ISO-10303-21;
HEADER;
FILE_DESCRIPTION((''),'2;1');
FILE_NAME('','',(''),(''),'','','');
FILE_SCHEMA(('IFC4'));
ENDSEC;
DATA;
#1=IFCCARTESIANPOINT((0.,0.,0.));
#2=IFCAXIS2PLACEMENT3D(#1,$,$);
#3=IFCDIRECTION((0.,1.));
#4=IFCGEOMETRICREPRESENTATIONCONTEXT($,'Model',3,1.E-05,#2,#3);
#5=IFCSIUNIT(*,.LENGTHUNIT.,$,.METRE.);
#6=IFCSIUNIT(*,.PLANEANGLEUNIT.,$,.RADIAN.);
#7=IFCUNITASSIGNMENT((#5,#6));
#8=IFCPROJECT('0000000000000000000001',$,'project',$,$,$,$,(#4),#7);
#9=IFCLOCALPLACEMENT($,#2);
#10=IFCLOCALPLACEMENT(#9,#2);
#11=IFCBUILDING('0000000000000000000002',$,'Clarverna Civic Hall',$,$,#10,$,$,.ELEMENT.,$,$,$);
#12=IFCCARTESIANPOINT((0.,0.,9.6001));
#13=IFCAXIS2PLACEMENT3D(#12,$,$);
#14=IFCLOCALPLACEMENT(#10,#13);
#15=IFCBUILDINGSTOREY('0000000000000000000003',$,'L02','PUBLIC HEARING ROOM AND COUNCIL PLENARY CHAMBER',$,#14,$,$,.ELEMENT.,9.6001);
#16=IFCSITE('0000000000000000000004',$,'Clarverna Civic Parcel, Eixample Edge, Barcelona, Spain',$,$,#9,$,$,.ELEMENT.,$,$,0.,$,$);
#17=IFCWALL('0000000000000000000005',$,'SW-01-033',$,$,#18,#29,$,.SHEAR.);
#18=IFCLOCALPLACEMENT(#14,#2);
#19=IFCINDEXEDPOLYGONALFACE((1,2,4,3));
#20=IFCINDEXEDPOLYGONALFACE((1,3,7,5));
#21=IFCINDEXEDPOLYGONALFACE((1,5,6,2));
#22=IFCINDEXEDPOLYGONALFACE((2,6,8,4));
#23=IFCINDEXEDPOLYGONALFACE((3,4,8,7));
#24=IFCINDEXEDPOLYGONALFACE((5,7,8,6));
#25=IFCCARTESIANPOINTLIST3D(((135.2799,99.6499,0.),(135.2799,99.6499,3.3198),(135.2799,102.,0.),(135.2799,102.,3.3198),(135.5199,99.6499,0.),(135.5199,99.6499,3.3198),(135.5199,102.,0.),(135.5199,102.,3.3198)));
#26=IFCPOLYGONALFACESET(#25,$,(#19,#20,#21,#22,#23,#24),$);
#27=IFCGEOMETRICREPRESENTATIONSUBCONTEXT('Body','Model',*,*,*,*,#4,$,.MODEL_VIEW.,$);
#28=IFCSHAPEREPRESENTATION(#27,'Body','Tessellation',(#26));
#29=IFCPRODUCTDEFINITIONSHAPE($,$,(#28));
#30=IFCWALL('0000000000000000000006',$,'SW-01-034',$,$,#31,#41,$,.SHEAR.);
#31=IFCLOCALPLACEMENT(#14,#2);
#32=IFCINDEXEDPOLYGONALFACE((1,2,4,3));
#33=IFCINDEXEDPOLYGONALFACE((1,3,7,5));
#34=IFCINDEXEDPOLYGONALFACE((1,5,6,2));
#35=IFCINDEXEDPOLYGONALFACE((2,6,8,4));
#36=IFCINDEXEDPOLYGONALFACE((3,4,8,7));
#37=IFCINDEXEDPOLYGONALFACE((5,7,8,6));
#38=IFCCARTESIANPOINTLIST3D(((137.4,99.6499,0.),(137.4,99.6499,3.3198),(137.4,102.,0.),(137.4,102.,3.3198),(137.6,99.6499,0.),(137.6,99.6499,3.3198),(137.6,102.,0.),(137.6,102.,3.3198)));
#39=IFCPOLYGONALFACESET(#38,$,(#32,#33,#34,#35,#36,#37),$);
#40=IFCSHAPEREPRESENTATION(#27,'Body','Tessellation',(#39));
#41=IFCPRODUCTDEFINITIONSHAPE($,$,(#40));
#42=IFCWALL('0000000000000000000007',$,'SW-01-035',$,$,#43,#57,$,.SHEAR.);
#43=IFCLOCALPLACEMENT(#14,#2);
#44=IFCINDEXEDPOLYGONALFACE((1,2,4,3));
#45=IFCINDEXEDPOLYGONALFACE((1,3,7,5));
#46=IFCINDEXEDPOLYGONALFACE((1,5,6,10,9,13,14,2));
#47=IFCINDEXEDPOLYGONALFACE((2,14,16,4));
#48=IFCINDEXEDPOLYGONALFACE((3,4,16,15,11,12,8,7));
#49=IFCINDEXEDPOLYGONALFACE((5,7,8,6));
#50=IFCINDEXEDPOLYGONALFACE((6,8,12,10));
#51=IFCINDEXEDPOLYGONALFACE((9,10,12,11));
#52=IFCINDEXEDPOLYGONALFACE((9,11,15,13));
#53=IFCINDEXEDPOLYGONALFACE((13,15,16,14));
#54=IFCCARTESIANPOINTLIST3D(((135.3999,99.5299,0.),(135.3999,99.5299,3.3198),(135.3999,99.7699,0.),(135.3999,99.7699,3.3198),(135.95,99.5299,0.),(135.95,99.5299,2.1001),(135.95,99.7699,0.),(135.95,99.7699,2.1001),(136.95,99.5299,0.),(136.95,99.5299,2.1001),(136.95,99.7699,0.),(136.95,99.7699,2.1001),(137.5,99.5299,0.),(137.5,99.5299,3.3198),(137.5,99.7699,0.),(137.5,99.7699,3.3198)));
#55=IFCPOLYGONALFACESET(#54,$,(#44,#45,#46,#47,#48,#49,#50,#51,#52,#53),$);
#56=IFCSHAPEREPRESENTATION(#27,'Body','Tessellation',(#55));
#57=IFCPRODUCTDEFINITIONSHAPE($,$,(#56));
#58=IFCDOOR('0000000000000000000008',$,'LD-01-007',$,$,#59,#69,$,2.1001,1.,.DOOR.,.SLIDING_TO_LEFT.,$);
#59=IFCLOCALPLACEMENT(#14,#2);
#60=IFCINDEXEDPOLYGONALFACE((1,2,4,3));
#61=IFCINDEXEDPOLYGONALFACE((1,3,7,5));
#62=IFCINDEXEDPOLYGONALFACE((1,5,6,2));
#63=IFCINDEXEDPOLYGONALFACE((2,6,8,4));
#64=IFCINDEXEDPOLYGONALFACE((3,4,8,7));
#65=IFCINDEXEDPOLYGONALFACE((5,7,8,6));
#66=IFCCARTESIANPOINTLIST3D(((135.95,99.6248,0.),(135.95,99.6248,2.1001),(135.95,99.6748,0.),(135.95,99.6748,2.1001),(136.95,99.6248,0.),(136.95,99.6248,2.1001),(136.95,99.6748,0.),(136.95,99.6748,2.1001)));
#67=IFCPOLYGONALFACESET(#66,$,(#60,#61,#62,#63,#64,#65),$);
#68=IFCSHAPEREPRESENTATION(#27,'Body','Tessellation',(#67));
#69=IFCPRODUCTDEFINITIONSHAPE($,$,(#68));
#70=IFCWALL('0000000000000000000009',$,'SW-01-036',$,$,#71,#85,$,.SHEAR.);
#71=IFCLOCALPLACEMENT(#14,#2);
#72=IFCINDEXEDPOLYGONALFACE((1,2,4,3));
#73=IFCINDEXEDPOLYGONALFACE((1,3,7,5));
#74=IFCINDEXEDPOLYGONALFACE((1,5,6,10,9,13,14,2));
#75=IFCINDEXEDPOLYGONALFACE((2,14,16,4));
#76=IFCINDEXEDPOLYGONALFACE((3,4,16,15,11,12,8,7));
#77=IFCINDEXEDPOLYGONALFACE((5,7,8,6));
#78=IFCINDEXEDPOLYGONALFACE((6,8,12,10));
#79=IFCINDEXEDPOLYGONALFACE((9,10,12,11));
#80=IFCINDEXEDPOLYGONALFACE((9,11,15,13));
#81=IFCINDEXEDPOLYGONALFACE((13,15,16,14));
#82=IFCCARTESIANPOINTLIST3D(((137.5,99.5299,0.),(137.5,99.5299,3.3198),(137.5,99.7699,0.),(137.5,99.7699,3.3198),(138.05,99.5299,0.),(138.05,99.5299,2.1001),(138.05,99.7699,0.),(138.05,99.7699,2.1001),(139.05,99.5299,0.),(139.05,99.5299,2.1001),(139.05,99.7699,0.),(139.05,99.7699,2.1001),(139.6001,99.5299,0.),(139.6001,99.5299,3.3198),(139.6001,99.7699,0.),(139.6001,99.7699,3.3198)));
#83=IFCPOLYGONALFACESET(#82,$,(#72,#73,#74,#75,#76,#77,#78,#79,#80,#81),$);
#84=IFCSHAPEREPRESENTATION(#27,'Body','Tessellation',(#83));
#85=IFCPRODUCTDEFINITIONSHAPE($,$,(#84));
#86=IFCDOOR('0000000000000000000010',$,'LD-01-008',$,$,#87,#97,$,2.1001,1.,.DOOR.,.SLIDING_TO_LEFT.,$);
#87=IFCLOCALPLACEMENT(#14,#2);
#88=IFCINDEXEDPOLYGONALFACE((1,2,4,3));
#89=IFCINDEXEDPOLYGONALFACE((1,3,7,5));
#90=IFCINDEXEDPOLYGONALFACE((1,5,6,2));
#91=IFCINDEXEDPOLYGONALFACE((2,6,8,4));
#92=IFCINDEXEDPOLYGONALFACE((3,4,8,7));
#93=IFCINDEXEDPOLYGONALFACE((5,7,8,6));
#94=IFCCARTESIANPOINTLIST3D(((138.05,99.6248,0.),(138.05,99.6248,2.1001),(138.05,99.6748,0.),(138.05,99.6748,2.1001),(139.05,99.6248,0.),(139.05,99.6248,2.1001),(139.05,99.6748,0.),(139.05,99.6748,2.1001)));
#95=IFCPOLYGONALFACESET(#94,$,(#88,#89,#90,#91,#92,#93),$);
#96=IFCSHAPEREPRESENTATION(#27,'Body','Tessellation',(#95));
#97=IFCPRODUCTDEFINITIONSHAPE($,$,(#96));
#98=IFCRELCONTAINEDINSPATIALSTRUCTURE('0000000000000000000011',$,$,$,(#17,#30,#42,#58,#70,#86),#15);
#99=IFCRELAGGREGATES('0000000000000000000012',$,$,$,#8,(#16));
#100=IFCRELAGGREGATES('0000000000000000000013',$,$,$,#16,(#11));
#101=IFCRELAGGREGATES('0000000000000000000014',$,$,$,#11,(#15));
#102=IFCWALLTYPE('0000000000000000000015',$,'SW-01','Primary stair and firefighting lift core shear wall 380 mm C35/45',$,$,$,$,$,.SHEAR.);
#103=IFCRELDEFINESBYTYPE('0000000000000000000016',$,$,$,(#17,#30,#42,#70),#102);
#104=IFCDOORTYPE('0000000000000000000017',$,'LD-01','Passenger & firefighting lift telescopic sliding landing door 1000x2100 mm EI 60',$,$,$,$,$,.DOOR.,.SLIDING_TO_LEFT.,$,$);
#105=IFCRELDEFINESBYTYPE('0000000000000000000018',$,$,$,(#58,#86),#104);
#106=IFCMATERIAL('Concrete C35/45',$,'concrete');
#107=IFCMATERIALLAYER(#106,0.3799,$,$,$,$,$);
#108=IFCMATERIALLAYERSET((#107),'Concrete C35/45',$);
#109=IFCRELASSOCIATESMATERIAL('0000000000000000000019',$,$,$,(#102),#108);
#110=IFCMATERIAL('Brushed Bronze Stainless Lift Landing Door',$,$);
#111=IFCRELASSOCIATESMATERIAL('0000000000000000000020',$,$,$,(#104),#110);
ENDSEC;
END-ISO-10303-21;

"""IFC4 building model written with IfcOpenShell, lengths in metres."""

from ifc_helpers import new_model, si_unit, direction, frame, frame_2d, origin, place, context, subcontext, project, spatial, rectangle, extrude, material, layer, layer_set, type_object, element, fill, save


model = new_model("IFC4")

# Units and contexts
model_context = context("Model", 3, precision=1e-05, world=origin(), true_north=direction((0.0, 1.0)))
body_context = subcontext(model_context, "Body", "Model", "MODEL_VIEW")
ifc_project = project(units=[si_unit("LENGTHUNIT", "METRE"), si_unit("PLANEANGLEUNIT", "RADIAN")], contexts=[model_context])

# Site, building, storey
site_placement = place(None, origin())
site = spatial("IfcSite", under=ifc_project, at=site_placement, Name="Clarverna Civic Parcel, Eixample Edge, Barcelona, Spain", CompositionType="ELEMENT", RefElevation=0.0)
building_placement = place(site_placement, origin())
building = spatial("IfcBuilding", under=site, at=building_placement, Name="Clarverna Civic Hall", CompositionType="ELEMENT")
storey_placement = place(building_placement, frame((0.0, 0.0, 9.6001)))
storey = spatial("IfcBuildingStorey", under=building, at=storey_placement, Name="L02", Description="PUBLIC HEARING ROOM AND COUNCIL PLENARY CHAMBER", CompositionType="ELEMENT", Elevation=9.6001)

# Walls
ifc_material_1 = material(Name="Concrete C35/45", Category="concrete")
ifc_layer_1 = layer(ifc_material_1, 0.3799)
ifc_layer_set_1 = layer_set([ifc_layer_1], Name="Concrete C35/45")
wall_type_1 = type_object("IfcWallType", Name="SW-01", Description="Primary stair and firefighting lift core shear wall 380 mm C35/45", PredefinedType="SHEAR", material=ifc_layer_set_1)
wall_1_placement = place(storey_placement, frame((135.3999, 99.6499, 0.0), z_axis=(0.0, 0.0, 1.0), x_axis=(0.0, 1.0, 0.0)))
element("IfcWall", 1, at=wall_1_placement, inside=storey, type_object=wall_type_1, Name="SW-01-033", PredefinedType="SHEAR", context=body_context, shape_type="SweptSolid", body=[
    extrude(rectangle(XDim=2.3501, YDim=0.24, at=frame_2d((1.175, 0.0))), origin(), (0.0, 0.0, 1.0), 3.3198),
])
wall_2_placement = place(storey_placement, frame((137.5, 99.6499, 0.0), z_axis=(0.0, 0.0, 1.0), x_axis=(0.0, 1.0, 0.0)))
element("IfcWall", 2, at=wall_2_placement, inside=storey, type_object=wall_type_1, Name="SW-01-034", PredefinedType="SHEAR", context=body_context, shape_type="SweptSolid", body=[
    extrude(rectangle(XDim=2.3501, YDim=0.2, at=frame_2d((1.175, 0.0))), origin(), (0.0, 0.0, 1.0), 3.3198),
])

# Walls, openings, doors
wall_3_placement = place(storey_placement, frame((135.3999, 99.6499, 0.0), z_axis=(0.0, 0.0, 1.0), x_axis=(1.0, 0.0, 0.0)))
wall_3 = element("IfcWall", 3, at=wall_3_placement, inside=storey, type_object=wall_type_1, Name="SW-01-035", PredefinedType="SHEAR", context=body_context, shape_type="SweptSolid", body=[
    extrude(rectangle(XDim=2.1001, YDim=0.24, at=frame_2d((1.05, 0.0))), origin(), (0.0, 0.0, 1.0), 3.3198),
])
opening_1_placement = place(wall_3_placement, frame((0.55, 0.0, 0.0)))
opening_1 = element("IfcOpeningElement", 4, at=opening_1_placement, cuts=wall_3, PredefinedType="OPENING", context=body_context, shape_type="SweptSolid", body=[
    extrude(rectangle(XDim=1.0, YDim=2.1001, at=frame_2d((0.5, 1.05))), frame((0.0, 0.1299, 0.0), z_axis=(0.0, -1.0, 0.0), x_axis=(1.0, 0.0, 0.0)), (0.0, 0.0, 1.0), 0.26),
])
ifc_material_2 = material(Name="Brushed Bronze Stainless Lift Landing Door")
door_type = type_object("IfcDoorType", Name="LD-01", Description="Passenger & firefighting lift telescopic sliding landing door 1000x2100 mm EI 60", OperationType="SLIDING_TO_LEFT", PredefinedType="DOOR", material=ifc_material_2)
door_1_placement = place(opening_1_placement, origin())
door_1 = element("IfcDoor", 5, at=door_1_placement, inside=storey, type_object=door_type, Name="LD-01-007", OperationType="SLIDING_TO_LEFT", OverallHeight=2.1001, OverallWidth=1.0, PredefinedType="DOOR", context=body_context, shape_type="SweptSolid", body=[
    extrude(rectangle(XDim=1.0, YDim=2.1001, at=frame_2d((0.5, 1.05))), frame((0.0, 0.0249, 0.0), z_axis=(0.0, -1.0, 0.0), x_axis=(1.0, 0.0, 0.0)), (0.0, 0.0, 1.0), 0.05),
])
fill(opening_1, door_1)
wall_4_placement = place(storey_placement, frame((137.5, 99.6499, 0.0), z_axis=(0.0, 0.0, 1.0), x_axis=(1.0, 0.0, 0.0)))
wall_4 = element("IfcWall", 6, at=wall_4_placement, inside=storey, type_object=wall_type_1, Name="SW-01-036", PredefinedType="SHEAR", context=body_context, shape_type="SweptSolid", body=[
    extrude(rectangle(XDim=2.1001, YDim=0.24, at=frame_2d((1.05, 0.0))), origin(), (0.0, 0.0, 1.0), 3.3198),
])
opening_2_placement = place(wall_4_placement, frame((0.55, 0.0, 0.0)))
opening_2 = element("IfcOpeningElement", 7, at=opening_2_placement, cuts=wall_4, PredefinedType="OPENING", context=body_context, shape_type="SweptSolid", body=[
    extrude(rectangle(XDim=1.0, YDim=2.1001, at=frame_2d((0.5, 1.05))), frame((0.0, 0.1299, 0.0), z_axis=(0.0, -1.0, 0.0), x_axis=(1.0, 0.0, 0.0)), (0.0, 0.0, 1.0), 0.26),
])
door_2_placement = place(opening_2_placement, origin())
door_2 = element("IfcDoor", 8, at=door_2_placement, inside=storey, type_object=door_type, Name="LD-01-008", OperationType="SLIDING_TO_LEFT", OverallHeight=2.1001, OverallWidth=1.0, PredefinedType="DOOR", context=body_context, shape_type="SweptSolid", body=[
    extrude(rectangle(XDim=1.0, YDim=2.1001, at=frame_2d((0.5, 1.05))), frame((0.0, 0.0249, 0.0), z_axis=(0.0, -1.0, 0.0), x_axis=(1.0, 0.0, 0.0)), (0.0, 0.0, 1.0), 0.05),
])
fill(opening_2, door_2)

save(model, "model.ifc")
